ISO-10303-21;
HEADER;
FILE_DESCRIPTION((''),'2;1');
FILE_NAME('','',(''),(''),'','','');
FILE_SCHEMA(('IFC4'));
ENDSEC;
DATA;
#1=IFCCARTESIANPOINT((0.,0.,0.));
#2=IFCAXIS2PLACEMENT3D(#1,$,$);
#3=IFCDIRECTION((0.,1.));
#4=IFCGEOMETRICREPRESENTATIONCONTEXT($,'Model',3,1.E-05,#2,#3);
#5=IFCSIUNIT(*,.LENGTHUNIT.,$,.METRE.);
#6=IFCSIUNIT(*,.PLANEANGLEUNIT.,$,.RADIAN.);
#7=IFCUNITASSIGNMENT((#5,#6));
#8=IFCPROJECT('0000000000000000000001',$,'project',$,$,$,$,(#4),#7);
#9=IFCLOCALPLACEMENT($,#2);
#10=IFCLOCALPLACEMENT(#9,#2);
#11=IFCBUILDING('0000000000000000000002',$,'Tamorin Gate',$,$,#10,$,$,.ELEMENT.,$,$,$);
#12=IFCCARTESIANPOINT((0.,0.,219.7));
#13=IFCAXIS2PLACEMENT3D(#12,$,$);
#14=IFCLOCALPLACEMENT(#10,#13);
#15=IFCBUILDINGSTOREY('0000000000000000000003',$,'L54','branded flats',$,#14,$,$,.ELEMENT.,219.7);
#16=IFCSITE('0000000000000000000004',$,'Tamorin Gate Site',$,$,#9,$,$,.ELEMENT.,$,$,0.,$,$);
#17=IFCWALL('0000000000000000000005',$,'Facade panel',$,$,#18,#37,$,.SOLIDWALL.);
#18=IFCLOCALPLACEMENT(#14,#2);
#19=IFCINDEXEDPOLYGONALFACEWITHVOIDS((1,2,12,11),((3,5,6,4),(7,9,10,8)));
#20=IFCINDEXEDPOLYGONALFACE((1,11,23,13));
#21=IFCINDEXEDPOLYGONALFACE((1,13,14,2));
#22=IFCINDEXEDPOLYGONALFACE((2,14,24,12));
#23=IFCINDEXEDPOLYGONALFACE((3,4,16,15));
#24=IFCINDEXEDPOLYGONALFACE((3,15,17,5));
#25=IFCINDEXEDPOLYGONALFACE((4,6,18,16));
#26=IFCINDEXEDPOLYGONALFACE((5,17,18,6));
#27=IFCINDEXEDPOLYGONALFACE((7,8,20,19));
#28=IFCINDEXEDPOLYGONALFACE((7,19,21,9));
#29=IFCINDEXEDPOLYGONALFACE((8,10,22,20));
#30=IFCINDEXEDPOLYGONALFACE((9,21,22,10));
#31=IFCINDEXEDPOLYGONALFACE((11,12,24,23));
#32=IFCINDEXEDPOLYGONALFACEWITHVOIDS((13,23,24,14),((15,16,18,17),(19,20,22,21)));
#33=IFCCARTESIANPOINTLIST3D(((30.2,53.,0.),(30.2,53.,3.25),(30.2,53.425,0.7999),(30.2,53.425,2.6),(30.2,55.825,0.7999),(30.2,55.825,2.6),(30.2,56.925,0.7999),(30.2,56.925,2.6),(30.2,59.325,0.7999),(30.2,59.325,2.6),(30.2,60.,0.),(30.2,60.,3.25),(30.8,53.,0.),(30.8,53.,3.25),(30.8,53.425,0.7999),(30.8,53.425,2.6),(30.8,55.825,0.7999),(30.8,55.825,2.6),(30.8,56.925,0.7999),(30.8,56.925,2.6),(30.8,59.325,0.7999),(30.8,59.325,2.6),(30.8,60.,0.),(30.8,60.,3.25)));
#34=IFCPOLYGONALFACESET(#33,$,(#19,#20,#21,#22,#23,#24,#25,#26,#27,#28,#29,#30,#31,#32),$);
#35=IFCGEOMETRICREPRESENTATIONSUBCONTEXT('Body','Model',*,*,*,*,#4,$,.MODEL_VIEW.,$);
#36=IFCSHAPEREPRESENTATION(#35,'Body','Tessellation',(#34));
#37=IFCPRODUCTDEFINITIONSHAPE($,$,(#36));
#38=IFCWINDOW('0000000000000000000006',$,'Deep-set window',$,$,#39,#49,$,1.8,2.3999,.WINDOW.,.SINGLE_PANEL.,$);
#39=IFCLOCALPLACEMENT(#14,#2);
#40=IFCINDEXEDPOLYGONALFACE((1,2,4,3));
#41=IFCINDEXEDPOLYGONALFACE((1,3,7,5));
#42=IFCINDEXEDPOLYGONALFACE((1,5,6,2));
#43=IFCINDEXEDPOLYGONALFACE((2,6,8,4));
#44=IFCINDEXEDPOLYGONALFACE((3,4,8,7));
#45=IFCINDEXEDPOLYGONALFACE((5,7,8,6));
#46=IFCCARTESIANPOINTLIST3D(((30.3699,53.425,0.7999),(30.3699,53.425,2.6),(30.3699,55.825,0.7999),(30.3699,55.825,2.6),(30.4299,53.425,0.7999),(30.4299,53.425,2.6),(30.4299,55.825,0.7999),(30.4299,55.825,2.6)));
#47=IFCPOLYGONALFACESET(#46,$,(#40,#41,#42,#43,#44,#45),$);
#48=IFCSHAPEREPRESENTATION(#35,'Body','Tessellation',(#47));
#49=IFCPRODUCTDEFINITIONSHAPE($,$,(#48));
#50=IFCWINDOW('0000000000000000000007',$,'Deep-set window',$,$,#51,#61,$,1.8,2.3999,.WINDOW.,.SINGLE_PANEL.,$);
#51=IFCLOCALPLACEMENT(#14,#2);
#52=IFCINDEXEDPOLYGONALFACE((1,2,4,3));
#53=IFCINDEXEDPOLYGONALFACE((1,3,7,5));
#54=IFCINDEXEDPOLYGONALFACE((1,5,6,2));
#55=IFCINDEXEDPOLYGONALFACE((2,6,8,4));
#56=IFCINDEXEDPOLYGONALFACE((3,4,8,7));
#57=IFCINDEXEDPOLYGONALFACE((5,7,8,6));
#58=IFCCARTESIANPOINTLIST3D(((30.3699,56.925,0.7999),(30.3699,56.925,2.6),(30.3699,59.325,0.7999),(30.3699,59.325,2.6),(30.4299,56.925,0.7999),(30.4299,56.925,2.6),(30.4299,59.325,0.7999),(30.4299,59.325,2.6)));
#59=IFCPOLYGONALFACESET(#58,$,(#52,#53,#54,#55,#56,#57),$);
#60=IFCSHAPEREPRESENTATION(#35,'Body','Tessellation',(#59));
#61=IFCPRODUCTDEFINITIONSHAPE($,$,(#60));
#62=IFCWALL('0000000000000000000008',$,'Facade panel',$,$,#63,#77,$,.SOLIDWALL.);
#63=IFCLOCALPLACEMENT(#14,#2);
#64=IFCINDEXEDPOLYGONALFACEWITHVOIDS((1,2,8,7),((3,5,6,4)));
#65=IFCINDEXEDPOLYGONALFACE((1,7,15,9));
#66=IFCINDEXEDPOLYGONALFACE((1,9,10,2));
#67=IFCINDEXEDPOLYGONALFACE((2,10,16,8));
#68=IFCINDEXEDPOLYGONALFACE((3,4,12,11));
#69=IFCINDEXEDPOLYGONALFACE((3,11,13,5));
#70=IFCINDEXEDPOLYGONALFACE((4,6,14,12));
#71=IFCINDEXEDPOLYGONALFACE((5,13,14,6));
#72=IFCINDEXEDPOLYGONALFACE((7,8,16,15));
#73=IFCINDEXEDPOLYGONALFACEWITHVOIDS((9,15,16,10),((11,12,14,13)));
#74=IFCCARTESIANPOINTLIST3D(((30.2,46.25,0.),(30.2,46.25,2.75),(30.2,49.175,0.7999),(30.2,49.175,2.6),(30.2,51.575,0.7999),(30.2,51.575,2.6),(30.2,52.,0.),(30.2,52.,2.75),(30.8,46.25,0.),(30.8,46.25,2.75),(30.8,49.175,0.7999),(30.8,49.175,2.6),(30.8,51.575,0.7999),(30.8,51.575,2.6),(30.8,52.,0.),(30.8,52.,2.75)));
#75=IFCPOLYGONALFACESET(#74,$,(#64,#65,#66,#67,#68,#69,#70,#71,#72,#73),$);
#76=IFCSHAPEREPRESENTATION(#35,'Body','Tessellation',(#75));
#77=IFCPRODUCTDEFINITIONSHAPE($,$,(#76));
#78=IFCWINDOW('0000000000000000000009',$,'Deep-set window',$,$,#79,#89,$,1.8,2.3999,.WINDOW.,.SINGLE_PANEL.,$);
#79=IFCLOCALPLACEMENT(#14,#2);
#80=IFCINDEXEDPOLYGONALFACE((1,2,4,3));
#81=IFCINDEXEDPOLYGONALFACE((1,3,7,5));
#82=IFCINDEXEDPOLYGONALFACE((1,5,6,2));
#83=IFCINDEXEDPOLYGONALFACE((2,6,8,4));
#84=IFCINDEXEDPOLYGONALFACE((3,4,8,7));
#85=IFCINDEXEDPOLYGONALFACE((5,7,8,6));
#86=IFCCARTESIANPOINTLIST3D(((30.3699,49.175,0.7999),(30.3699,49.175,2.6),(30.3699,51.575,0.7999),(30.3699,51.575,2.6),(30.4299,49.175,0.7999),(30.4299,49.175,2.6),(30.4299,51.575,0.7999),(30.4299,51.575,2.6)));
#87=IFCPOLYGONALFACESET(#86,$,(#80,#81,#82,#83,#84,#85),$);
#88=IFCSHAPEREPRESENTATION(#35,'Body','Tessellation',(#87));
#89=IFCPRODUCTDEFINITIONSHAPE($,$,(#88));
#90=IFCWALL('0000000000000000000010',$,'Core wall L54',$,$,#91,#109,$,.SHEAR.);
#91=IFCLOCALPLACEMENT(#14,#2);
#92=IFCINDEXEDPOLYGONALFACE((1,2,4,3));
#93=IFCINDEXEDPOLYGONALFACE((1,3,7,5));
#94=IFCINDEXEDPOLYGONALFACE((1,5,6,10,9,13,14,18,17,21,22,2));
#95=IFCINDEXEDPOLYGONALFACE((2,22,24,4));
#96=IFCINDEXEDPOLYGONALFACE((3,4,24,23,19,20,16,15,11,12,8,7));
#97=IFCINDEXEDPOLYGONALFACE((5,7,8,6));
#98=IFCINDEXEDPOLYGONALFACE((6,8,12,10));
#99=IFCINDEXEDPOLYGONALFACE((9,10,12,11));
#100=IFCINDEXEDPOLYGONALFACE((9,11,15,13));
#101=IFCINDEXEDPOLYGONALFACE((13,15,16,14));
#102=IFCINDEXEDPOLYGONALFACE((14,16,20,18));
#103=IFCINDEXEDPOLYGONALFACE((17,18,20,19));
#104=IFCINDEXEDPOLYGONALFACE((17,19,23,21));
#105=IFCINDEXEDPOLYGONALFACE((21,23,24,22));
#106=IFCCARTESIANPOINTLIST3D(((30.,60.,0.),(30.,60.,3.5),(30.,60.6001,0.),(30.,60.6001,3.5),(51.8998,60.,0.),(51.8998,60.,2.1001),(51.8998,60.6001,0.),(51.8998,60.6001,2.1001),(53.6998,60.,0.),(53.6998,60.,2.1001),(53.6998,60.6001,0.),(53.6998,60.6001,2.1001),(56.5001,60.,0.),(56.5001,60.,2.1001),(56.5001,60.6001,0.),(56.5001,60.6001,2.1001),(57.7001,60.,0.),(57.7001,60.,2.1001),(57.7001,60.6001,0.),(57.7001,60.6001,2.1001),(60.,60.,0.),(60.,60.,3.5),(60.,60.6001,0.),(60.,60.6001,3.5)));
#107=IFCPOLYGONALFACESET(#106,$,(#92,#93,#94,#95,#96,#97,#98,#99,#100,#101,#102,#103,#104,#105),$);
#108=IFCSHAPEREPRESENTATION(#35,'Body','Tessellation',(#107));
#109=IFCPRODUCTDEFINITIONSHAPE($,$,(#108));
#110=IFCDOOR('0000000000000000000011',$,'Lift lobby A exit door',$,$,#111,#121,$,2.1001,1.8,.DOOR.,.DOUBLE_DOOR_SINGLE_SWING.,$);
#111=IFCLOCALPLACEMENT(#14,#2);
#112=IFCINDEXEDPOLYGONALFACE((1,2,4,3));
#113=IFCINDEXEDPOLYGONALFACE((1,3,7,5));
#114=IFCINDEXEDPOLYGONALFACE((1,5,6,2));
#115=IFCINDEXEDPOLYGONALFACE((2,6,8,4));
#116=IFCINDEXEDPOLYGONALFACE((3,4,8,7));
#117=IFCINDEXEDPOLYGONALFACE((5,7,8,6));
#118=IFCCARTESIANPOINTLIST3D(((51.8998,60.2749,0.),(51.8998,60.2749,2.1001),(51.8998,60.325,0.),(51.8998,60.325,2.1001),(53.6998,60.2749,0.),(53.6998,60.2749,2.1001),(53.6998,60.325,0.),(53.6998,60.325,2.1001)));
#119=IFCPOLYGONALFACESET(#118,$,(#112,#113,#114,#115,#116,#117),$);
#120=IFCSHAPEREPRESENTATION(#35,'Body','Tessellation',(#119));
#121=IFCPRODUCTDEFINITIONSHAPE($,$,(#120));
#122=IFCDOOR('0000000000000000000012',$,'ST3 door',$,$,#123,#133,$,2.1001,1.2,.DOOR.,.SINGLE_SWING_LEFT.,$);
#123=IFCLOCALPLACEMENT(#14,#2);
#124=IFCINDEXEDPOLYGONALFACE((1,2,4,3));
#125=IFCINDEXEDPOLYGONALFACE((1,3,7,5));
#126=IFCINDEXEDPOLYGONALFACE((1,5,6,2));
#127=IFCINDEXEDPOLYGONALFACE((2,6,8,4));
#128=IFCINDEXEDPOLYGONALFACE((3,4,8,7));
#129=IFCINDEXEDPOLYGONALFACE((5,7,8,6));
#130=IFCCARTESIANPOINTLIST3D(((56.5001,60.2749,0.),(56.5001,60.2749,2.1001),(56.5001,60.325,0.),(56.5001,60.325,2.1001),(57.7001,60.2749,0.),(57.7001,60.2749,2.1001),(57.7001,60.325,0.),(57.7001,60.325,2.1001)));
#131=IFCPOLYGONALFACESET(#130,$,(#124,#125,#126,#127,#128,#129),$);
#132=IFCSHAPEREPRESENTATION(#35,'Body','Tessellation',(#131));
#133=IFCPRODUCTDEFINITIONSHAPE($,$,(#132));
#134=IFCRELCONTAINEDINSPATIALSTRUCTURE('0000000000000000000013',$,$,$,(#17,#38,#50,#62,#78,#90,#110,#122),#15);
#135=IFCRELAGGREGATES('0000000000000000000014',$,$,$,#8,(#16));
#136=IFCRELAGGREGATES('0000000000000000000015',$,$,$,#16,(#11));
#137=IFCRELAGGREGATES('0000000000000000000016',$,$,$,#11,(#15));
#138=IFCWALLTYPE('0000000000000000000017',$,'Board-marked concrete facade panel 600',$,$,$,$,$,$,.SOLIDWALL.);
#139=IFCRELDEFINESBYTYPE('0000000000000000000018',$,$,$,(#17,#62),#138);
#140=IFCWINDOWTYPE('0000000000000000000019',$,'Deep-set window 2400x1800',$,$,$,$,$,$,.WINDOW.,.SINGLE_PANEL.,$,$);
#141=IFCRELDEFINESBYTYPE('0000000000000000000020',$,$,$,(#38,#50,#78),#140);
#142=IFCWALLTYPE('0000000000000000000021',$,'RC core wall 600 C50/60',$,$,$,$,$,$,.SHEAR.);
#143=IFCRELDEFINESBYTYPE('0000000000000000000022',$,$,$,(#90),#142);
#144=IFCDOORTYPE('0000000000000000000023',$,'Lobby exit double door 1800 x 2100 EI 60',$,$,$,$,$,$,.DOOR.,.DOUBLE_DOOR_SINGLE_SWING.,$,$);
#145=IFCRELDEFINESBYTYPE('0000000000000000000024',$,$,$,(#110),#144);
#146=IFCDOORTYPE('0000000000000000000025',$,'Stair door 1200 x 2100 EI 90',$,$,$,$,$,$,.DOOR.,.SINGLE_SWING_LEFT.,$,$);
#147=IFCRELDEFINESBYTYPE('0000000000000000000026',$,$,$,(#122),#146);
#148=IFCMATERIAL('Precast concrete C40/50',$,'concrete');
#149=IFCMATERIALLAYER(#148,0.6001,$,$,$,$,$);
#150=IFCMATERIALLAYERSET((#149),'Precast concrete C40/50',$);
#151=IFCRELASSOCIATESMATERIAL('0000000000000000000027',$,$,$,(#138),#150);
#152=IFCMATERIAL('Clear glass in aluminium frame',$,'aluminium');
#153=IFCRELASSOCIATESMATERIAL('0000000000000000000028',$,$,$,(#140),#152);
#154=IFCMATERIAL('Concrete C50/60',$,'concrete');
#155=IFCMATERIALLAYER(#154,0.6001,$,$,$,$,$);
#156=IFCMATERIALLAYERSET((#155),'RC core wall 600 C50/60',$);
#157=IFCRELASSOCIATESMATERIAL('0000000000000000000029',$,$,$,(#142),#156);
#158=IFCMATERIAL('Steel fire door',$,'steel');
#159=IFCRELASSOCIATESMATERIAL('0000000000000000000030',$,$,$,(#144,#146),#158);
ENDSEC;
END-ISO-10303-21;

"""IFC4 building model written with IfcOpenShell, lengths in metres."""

from ifc_helpers import new_model, si_unit, direction, frame, frame_2d, origin, place, context, subcontext, project, spatial, rectangle, extrude, material, layer, layer_set, type_object, element, fill, save


model = new_model("IFC4")

# Units and contexts
model_context = context("Model", 3, precision=1e-05, world=origin(), true_north=direction((0.0, 1.0)))
body_context = subcontext(model_context, "Body", "Model", "MODEL_VIEW")
ifc_project = project(units=[si_unit("LENGTHUNIT", "METRE"), si_unit("PLANEANGLEUNIT", "RADIAN")], contexts=[model_context])

# Site, building, storey
site_placement = place(None, origin())
site = spatial("IfcSite", under=ifc_project, at=site_placement, Name="Tamorin Gate Site", CompositionType="ELEMENT", RefElevation=0.0)
building_placement = place(site_placement, origin())
building = spatial("IfcBuilding", under=site, at=building_placement, Name="Tamorin Gate", CompositionType="ELEMENT")
storey_placement = place(building_placement, frame((0.0, 0.0, 219.7)))
storey = spatial("IfcBuildingStorey", under=building, at=storey_placement, Name="L54", Description="branded flats", CompositionType="ELEMENT", Elevation=219.7)

# Shared definitions
ifc_material_1 = material(Name="Concrete C50/60", Category="concrete")

# Wall, openings, windows
ifc_material_2 = material(Name="Precast concrete C40/50", Category="concrete")
ifc_layer_1 = layer(ifc_material_2, 0.6001)
ifc_layer_set_1 = layer_set([ifc_layer_1], Name="Precast concrete C40/50")
wall_type_1 = type_object("IfcWallType", Name="Board-marked concrete facade panel 600", PredefinedType="SOLIDWALL", material=ifc_layer_set_1)
wall_1_placement = place(storey_placement, frame((30.5, 60.0, 0.0), z_axis=(0.0, 0.0, 1.0), x_axis=(0.0, -1.0, 0.0)))
wall_1 = element("IfcWall", 1, at=wall_1_placement, inside=storey, type_object=wall_type_1, Name="Facade panel", PredefinedType="SOLIDWALL", context=body_context, shape_type="SweptSolid", body=[
    extrude(rectangle(XDim=7.0, YDim=0.6001, at=frame_2d((3.5, 0.0))), origin(), (0.0, 0.0, 1.0), 3.25),
])
opening_1_placement = place(wall_1_placement, frame((4.175, 0.0, 0.8)))
opening_1 = element("IfcOpeningElement", 2, at=opening_1_placement, cuts=wall_1, PredefinedType="OPENING", context=body_context, shape_type="SweptSolid", body=[
    extrude(rectangle(XDim=2.3999, YDim=1.8, at=frame_2d((1.2, 0.8999))), frame((0.0, 0.3101, 0.0), z_axis=(0.0, -1.0, 0.0), x_axis=(1.0, 0.0, 0.0)), (0.0, 0.0, 1.0), 0.6201),
])
opening_2_placement = place(wall_1_placement, frame((0.675, 0.0, 0.8)))
opening_2 = element("IfcOpeningElement", 3, at=opening_2_placement, cuts=wall_1, PredefinedType="OPENING", context=body_context, shape_type="SweptSolid", body=[
    extrude(rectangle(XDim=2.3999, YDim=1.8, at=frame_2d((1.2, 0.8999))), frame((0.0, 0.3101, 0.0), z_axis=(0.0, -1.0, 0.0), x_axis=(1.0, 0.0, 0.0)), (0.0, 0.0, 1.0), 0.6201),
])
ifc_material_3 = material(Name="Clear glass in aluminium frame", Category="aluminium")
window_type = type_object("IfcWindowType", Name="Deep-set window 2400x1800", PartitioningType="SINGLE_PANEL", PredefinedType="WINDOW", material=ifc_material_3)
window_1_placement = place(opening_1_placement, origin())
window_1 = element("IfcWindow", 4, at=window_1_placement, inside=storey, type_object=window_type, Name="Deep-set window", OverallHeight=1.8, OverallWidth=2.3999, PartitioningType="SINGLE_PANEL", PredefinedType="WINDOW", context=body_context, shape_type="SweptSolid", body=[
    extrude(rectangle(XDim=2.3999, YDim=1.8, at=frame_2d((1.2, 0.8999))), frame((0.0, -0.0701, 0.0), z_axis=(0.0, -1.0, 0.0), x_axis=(1.0, 0.0, 0.0)), (0.0, 0.0, 1.0), 0.0601),
])
fill(opening_1, window_1)
window_2_placement = place(opening_2_placement, origin())
window_2 = element("IfcWindow", 5, at=window_2_placement, inside=storey, type_object=window_type, Name="Deep-set window", OverallHeight=1.8, OverallWidth=2.3999, PartitioningType="SINGLE_PANEL", PredefinedType="WINDOW", context=body_context, shape_type="SweptSolid", body=[
    extrude(rectangle(XDim=2.3999, YDim=1.8, at=frame_2d((1.2, 0.8999))), frame((0.0, -0.0701, 0.0), z_axis=(0.0, -1.0, 0.0), x_axis=(1.0, 0.0, 0.0)), (0.0, 0.0, 1.0), 0.0601),
])
fill(opening_2, window_2)

# Wall, opening, window
wall_2_placement = place(storey_placement, frame((30.5, 52.0, 0.0), z_axis=(0.0, 0.0, 1.0), x_axis=(0.0, -1.0, 0.0)))
wall_2 = element("IfcWall", 6, at=wall_2_placement, inside=storey, type_object=wall_type_1, Name="Facade panel", PredefinedType="SOLIDWALL", context=body_context, shape_type="SweptSolid", body=[
    extrude(rectangle(XDim=5.75, YDim=0.6001, at=frame_2d((2.875, 0.0))), origin(), (0.0, 0.0, 1.0), 2.75),
])
opening_3_placement = place(wall_2_placement, frame((0.425, 0.0, 0.8)))
opening_3 = element("IfcOpeningElement", 7, at=opening_3_placement, cuts=wall_2, PredefinedType="OPENING", context=body_context, shape_type="SweptSolid", body=[
    extrude(rectangle(XDim=2.3999, YDim=1.8, at=frame_2d((1.2, 0.8999))), frame((0.0, 0.3101, 0.0), z_axis=(0.0, -1.0, 0.0), x_axis=(1.0, 0.0, 0.0)), (0.0, 0.0, 1.0), 0.6201),
])
window_3_placement = place(opening_3_placement, origin())
window_3 = element("IfcWindow", 8, at=window_3_placement, inside=storey, type_object=window_type, Name="Deep-set window", OverallHeight=1.8, OverallWidth=2.3999, PartitioningType="SINGLE_PANEL", PredefinedType="WINDOW", context=body_context, shape_type="SweptSolid", body=[
    extrude(rectangle(XDim=2.3999, YDim=1.8, at=frame_2d((1.2, 0.8999))), frame((0.0, -0.0701, 0.0), z_axis=(0.0, -1.0, 0.0), x_axis=(1.0, 0.0, 0.0)), (0.0, 0.0, 1.0), 0.0601),
])
fill(opening_3, window_3)

# Wall, openings, doors
ifc_layer_2 = layer(ifc_material_1, 0.6001)
ifc_layer_set_2 = layer_set([ifc_layer_2], Name="RC core wall 600 C50/60")
wall_type_2 = type_object("IfcWallType", Name="RC core wall 600 C50/60", PredefinedType="SHEAR", material=ifc_layer_set_2)
wall_3_placement = place(storey_placement, frame((30.0, 60.3, 0.0), z_axis=(0.0, 0.0, 1.0), x_axis=(1.0, 0.0, 0.0)))
wall_3 = element("IfcWall", 9, at=wall_3_placement, inside=storey, type_object=wall_type_2, Name="Core wall L54", PredefinedType="SHEAR", context=body_context, shape_type="SweptSolid", body=[
    extrude(rectangle(XDim=30.0, YDim=0.6001, at=frame_2d((15.0, 0.0))), origin(), (0.0, 0.0, 1.0), 3.5),
])
opening_4_placement = place(wall_3_placement, frame((21.8999, 0.0, 0.0)))
opening_4 = element("IfcOpeningElement", 10, at=opening_4_placement, cuts=wall_3, PredefinedType="OPENING", context=body_context, shape_type="SweptSolid", body=[
    extrude(rectangle(XDim=1.8, YDim=2.1001, at=frame_2d((0.8999, 1.05))), frame((0.0, 0.3101, 0.0), z_axis=(0.0, -1.0, 0.0), x_axis=(1.0, 0.0, 0.0)), (0.0, 0.0, 1.0), 0.6201),
])
opening_5_placement = place(wall_3_placement, frame((26.5, 0.0, 0.0)))
opening_5 = element("IfcOpeningElement", 11, at=opening_5_placement, cuts=wall_3, PredefinedType="OPENING", context=body_context, shape_type="SweptSolid", body=[
    extrude(rectangle(XDim=1.2, YDim=2.1001, at=frame_2d((0.6001, 1.05))), frame((0.0, 0.3101, 0.0), z_axis=(0.0, -1.0, 0.0), x_axis=(1.0, 0.0, 0.0)), (0.0, 0.0, 1.0), 0.6201),
])
ifc_material_4 = material(Name="Steel fire door", Category="steel")
door_type_1 = type_object("IfcDoorType", Name="Lobby exit double door 1800 x 2100 EI 60", OperationType="DOUBLE_DOOR_SINGLE_SWING", PredefinedType="DOOR", material=ifc_material_4)
door_1_placement = place(opening_4_placement, origin())
door_1 = element("IfcDoor", 12, at=door_1_placement, inside=storey, type_object=door_type_1, Name="Lift lobby A exit door", OperationType="DOUBLE_DOOR_SINGLE_SWING", OverallHeight=2.1001, OverallWidth=1.8, PredefinedType="DOOR", context=body_context, shape_type="SweptSolid", body=[
    extrude(rectangle(XDim=1.8, YDim=2.1001, at=frame_2d((0.8999, 1.05))), frame((0.0, 0.0249, 0.0), z_axis=(0.0, -1.0, 0.0), x_axis=(1.0, 0.0, 0.0)), (0.0, 0.0, 1.0), 0.05),
])
fill(opening_4, door_1)
door_type_2 = type_object("IfcDoorType", Name="Stair door 1200 x 2100 EI 90", OperationType="SINGLE_SWING_LEFT", PredefinedType="DOOR", material=ifc_material_4)
door_2_placement = place(opening_5_placement, origin())
door_2 = element("IfcDoor", 13, at=door_2_placement, inside=storey, type_object=door_type_2, Name="ST3 door", OperationType="SINGLE_SWING_LEFT", OverallHeight=2.1001, OverallWidth=1.2, PredefinedType="DOOR", context=body_context, shape_type="SweptSolid", body=[
    extrude(rectangle(XDim=1.2, YDim=2.1001, at=frame_2d((0.6001, 1.05))), frame((0.0, 0.0249, 0.0), z_axis=(0.0, -1.0, 0.0), x_axis=(1.0, 0.0, 0.0)), (0.0, 0.0, 1.0), 0.05),
])
fill(opening_5, door_2)

save(model, "model.ifc")
